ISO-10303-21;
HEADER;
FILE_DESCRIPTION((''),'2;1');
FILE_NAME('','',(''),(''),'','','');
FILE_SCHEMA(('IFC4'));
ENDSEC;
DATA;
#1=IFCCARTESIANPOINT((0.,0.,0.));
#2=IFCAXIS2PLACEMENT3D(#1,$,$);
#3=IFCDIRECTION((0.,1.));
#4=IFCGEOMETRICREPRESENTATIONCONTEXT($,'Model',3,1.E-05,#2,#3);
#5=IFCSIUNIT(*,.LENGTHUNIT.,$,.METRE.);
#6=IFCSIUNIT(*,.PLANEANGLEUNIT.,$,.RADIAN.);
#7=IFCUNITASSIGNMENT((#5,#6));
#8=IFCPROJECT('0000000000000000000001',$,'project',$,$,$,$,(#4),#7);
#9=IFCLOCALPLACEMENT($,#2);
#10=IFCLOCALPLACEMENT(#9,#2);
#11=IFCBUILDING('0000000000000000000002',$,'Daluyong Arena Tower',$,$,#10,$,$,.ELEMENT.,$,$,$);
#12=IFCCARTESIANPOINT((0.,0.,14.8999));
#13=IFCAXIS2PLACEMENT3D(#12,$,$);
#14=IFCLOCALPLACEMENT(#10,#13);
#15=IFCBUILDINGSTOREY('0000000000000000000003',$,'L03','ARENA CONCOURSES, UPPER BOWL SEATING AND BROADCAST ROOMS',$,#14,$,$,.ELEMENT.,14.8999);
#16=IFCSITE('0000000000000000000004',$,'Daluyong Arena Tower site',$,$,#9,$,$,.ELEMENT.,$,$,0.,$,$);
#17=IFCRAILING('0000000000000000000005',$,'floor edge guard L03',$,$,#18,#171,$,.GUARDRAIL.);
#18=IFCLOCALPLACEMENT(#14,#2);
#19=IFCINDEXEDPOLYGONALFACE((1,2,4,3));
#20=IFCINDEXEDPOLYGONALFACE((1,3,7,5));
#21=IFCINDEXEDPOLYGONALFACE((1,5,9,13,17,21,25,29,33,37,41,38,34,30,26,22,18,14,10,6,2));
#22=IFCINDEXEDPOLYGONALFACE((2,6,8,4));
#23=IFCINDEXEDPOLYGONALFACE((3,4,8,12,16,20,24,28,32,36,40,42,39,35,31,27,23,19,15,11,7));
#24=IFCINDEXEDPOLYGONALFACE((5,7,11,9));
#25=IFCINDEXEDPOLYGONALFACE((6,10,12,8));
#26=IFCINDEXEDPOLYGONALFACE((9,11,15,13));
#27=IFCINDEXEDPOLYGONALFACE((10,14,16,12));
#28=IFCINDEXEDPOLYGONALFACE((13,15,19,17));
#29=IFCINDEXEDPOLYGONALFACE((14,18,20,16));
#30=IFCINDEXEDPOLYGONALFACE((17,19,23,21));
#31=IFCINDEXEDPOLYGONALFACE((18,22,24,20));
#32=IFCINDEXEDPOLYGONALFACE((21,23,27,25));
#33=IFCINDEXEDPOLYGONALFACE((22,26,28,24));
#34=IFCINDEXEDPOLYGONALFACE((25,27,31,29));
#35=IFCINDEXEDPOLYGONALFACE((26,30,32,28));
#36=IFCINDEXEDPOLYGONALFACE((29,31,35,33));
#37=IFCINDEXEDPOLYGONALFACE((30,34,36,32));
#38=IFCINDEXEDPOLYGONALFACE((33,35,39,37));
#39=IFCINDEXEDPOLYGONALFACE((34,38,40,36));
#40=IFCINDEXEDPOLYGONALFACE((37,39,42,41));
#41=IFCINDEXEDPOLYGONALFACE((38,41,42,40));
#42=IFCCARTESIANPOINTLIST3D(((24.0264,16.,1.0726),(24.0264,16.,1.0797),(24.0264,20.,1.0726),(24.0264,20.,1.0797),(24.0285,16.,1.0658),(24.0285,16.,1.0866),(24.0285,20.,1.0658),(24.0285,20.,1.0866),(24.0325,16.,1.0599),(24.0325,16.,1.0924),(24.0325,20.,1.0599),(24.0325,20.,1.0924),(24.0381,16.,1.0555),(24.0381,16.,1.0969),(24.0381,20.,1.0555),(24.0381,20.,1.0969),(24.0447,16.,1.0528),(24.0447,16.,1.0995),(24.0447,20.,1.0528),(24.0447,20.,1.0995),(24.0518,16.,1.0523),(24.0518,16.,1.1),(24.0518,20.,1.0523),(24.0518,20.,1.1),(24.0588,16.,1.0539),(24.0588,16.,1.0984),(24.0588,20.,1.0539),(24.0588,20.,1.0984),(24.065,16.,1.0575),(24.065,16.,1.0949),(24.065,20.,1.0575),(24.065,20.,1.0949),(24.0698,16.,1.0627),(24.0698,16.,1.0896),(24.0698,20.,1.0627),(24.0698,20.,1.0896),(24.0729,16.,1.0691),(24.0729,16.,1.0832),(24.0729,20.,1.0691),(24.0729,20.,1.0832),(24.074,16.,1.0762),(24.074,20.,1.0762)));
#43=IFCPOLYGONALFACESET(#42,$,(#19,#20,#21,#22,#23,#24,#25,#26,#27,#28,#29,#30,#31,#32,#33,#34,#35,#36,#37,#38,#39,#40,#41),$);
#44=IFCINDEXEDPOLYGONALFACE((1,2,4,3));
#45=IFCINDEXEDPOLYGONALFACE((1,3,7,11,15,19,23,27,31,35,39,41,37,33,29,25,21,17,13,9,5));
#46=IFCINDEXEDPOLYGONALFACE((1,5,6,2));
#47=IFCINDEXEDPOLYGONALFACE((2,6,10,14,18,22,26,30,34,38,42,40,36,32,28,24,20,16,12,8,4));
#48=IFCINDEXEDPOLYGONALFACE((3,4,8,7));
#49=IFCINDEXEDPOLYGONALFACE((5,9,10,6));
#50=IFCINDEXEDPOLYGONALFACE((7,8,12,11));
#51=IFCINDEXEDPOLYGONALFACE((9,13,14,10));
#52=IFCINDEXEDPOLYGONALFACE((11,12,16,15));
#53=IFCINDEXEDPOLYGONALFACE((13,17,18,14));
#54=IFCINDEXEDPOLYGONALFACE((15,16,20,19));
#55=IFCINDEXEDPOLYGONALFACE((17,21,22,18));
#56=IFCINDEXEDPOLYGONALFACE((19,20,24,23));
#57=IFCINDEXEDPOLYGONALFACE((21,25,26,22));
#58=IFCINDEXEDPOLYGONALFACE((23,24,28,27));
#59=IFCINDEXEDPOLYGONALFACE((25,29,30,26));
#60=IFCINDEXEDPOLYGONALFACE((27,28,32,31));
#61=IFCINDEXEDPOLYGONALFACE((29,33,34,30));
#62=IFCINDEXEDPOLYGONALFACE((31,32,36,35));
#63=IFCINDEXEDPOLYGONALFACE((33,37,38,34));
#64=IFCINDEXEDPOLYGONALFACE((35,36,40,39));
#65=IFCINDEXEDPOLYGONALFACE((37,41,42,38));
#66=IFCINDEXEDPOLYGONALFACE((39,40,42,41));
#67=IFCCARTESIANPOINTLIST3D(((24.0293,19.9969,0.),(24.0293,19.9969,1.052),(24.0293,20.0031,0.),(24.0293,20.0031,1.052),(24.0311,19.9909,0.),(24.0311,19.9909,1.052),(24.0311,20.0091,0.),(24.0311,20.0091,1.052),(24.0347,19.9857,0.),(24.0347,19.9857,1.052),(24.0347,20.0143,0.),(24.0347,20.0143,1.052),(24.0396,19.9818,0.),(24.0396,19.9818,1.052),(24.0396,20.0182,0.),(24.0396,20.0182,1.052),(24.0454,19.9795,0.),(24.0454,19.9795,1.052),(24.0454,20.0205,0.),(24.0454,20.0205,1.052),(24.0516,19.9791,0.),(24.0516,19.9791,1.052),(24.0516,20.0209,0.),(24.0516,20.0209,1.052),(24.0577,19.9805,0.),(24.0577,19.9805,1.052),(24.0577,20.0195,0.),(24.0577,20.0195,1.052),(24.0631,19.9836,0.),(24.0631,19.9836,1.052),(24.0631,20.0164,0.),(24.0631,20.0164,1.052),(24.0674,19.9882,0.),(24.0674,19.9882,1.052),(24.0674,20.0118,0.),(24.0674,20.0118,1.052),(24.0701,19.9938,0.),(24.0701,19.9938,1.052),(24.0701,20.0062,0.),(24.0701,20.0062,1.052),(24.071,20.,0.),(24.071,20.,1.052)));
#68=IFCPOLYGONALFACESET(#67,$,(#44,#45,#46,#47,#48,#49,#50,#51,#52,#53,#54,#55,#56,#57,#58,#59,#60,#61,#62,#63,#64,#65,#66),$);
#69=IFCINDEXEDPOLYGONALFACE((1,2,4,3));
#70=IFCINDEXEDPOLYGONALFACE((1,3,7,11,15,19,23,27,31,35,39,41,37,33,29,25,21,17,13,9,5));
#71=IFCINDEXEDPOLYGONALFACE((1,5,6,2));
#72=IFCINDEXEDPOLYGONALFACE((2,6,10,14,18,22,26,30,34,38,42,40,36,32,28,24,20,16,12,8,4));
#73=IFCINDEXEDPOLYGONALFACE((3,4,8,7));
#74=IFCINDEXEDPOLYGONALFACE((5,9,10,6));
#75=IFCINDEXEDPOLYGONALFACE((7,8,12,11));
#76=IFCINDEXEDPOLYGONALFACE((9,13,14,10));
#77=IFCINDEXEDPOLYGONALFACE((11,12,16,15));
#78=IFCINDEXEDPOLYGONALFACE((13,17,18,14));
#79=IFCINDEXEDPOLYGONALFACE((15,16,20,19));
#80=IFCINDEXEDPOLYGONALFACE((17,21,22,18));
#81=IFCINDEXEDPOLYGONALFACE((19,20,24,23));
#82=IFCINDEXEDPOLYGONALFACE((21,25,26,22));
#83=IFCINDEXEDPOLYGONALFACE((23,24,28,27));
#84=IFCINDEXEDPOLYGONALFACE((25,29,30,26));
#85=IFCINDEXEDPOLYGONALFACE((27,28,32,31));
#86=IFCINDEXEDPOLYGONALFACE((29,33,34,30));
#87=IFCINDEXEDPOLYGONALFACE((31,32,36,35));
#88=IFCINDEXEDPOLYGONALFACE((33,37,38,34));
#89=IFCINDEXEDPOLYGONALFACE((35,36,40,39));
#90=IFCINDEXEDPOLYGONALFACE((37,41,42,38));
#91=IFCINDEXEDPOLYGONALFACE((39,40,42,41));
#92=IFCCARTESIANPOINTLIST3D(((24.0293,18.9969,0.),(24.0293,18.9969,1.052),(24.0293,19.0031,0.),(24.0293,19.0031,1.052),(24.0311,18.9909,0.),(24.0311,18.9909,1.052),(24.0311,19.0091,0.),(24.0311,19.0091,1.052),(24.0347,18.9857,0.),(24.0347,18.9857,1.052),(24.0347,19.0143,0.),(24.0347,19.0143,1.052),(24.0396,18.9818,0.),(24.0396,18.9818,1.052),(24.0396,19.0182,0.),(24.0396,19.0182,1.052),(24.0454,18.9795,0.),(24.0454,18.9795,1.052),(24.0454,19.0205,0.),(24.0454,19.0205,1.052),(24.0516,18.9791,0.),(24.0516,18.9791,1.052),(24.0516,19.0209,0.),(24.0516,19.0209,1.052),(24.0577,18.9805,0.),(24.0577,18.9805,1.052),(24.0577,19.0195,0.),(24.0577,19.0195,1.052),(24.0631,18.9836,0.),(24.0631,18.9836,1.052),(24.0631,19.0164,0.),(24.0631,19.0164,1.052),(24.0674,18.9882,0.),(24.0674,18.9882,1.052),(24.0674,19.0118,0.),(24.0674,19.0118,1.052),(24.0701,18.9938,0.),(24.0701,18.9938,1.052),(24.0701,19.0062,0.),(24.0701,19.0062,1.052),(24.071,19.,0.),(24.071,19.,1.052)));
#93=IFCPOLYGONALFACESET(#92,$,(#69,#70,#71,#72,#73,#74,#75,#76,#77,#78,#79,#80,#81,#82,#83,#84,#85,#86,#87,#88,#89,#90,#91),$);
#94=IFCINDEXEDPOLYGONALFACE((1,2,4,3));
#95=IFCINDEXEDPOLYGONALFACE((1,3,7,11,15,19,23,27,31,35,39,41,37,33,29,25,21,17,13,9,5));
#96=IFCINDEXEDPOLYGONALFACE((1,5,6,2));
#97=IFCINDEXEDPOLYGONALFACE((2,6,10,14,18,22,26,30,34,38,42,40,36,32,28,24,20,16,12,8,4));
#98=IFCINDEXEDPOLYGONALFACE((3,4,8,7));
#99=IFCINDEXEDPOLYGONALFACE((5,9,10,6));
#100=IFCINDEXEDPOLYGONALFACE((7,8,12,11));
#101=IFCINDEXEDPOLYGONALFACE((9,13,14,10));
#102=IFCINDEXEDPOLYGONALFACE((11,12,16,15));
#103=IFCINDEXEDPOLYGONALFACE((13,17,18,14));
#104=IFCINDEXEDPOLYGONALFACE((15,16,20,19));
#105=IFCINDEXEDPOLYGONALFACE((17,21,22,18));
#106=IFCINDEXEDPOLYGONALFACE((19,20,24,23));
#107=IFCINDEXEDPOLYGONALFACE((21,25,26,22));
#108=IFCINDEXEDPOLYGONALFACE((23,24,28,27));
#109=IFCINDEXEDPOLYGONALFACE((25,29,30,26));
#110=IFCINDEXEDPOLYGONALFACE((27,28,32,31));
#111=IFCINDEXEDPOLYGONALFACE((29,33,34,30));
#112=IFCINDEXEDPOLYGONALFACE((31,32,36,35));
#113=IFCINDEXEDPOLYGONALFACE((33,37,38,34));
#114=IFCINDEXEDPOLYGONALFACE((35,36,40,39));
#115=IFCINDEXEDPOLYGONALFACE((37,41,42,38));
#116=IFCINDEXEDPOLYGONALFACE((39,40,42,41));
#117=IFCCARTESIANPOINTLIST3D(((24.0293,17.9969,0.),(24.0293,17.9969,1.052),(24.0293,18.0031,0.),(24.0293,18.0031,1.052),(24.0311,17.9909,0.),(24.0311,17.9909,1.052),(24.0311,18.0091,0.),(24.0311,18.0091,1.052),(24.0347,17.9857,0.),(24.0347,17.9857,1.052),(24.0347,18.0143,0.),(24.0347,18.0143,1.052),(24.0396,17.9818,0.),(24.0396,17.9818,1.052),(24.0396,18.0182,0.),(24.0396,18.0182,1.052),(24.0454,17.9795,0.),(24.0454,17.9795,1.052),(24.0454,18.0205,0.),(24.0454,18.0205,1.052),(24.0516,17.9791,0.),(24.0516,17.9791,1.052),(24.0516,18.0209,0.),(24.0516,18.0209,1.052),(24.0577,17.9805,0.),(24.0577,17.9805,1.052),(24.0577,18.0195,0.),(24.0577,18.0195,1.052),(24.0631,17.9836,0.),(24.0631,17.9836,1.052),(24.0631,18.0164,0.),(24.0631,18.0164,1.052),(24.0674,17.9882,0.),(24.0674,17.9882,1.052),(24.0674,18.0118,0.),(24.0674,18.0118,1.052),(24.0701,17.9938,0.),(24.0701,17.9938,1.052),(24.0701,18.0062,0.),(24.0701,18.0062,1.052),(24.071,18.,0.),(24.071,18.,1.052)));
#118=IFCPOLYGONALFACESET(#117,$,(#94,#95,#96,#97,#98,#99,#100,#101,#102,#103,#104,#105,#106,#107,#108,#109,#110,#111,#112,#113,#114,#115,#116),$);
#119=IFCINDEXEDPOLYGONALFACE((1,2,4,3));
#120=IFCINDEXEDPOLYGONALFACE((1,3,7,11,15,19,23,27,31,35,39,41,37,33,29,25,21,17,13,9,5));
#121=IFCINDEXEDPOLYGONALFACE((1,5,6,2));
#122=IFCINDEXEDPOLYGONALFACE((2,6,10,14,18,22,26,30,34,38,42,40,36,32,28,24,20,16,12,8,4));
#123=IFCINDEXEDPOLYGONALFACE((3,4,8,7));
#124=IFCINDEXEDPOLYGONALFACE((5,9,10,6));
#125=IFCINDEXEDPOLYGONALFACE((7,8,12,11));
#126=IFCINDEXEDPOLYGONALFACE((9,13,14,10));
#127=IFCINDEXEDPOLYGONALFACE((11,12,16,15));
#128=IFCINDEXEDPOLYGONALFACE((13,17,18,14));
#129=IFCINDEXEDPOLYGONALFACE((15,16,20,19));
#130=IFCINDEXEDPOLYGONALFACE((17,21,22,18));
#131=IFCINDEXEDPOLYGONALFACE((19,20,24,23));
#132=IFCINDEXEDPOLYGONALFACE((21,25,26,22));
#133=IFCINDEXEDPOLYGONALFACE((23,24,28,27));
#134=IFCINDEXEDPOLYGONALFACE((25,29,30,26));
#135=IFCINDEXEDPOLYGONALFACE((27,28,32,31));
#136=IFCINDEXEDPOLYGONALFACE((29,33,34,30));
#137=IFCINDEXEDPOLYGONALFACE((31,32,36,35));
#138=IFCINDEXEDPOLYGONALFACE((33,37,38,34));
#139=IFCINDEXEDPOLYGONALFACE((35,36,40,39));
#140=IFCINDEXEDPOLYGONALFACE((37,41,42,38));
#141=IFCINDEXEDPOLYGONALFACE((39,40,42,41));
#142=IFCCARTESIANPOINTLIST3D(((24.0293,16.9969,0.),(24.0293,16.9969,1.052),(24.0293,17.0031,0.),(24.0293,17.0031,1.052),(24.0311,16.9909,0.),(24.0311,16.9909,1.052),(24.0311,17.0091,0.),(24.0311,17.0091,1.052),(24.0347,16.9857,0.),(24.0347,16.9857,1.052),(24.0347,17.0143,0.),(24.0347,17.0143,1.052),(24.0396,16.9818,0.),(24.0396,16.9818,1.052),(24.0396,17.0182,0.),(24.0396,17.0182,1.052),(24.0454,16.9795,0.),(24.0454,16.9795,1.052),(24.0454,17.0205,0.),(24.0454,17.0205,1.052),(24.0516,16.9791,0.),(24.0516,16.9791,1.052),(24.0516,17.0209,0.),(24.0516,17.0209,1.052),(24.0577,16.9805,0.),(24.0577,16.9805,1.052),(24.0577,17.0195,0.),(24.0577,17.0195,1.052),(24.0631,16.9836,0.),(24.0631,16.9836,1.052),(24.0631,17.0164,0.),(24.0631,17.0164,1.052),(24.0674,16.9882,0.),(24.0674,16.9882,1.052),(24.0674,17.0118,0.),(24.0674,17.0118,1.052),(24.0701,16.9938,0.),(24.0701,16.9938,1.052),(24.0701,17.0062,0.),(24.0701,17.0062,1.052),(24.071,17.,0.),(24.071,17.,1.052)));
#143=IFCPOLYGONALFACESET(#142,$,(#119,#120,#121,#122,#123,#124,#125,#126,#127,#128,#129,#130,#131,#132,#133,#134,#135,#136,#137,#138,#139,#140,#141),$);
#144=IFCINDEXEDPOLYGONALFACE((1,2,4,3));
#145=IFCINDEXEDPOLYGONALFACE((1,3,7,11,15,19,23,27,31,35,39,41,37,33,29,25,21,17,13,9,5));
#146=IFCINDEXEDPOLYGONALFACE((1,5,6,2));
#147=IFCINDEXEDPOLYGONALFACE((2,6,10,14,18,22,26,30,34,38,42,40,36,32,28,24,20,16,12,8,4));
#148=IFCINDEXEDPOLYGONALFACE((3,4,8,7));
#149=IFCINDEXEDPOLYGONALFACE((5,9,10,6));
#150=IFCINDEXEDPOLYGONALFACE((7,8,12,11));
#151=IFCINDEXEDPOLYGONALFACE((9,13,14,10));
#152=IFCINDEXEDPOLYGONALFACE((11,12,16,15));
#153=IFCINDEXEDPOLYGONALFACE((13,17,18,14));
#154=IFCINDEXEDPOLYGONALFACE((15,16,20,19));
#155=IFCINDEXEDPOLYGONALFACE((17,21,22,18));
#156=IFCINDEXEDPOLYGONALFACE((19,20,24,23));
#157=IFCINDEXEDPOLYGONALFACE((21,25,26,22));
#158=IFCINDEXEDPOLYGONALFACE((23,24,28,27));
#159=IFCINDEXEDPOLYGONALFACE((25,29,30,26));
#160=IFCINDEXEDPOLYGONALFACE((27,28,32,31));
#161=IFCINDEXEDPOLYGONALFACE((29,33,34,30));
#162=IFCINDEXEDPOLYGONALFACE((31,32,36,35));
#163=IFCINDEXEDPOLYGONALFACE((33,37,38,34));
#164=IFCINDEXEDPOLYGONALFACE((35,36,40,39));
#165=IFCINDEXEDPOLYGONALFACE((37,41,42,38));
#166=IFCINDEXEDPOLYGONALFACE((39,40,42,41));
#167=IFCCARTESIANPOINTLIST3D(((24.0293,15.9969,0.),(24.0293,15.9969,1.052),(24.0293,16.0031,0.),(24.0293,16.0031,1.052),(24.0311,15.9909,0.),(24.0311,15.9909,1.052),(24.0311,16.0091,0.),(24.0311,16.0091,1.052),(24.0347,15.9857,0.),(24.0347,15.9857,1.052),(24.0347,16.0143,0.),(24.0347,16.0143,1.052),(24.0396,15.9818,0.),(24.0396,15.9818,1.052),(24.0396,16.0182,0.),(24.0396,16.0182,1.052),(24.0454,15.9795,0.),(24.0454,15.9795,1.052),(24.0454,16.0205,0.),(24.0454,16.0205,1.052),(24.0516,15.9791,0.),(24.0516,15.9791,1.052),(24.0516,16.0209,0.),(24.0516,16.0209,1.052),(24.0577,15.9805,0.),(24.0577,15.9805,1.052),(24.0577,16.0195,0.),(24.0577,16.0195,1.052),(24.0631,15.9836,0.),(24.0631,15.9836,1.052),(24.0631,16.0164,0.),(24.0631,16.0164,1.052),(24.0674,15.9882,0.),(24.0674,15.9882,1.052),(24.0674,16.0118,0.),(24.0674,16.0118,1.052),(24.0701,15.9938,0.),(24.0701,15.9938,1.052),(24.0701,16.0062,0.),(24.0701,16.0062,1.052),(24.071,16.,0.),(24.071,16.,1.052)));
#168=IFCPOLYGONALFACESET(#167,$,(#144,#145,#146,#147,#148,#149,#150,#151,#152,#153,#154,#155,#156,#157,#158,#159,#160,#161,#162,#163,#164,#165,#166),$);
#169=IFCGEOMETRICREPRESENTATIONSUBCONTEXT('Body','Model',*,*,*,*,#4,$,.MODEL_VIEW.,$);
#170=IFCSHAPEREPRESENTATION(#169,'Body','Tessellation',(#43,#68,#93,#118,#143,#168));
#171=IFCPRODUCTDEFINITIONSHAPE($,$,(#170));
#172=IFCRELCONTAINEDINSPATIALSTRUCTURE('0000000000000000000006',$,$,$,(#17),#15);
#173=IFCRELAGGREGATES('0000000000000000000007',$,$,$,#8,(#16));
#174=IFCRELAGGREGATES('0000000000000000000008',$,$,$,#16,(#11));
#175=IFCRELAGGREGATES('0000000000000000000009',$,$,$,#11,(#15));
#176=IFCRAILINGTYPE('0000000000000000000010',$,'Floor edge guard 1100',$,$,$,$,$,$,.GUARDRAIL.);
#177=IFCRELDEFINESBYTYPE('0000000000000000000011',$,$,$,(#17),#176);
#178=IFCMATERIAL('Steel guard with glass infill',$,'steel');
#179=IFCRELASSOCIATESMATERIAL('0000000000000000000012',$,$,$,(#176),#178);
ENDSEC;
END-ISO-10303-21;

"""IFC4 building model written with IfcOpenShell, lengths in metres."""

from ifc_helpers import new_model, si_unit, direction, frame, origin, origin_2d, place, context, subcontext, project, spatial, circle, extrude, material, type_object, element, save


model = new_model("IFC4")

# Units and contexts
model_context = context("Model", 3, precision=1e-05, world=origin(), true_north=direction((0.0, 1.0)))
body_context = subcontext(model_context, "Body", "Model", "MODEL_VIEW")
ifc_project = project(units=[si_unit("LENGTHUNIT", "METRE"), si_unit("PLANEANGLEUNIT", "RADIAN")], contexts=[model_context])

# Site, building, storey
site_placement = place(None, origin())
site = spatial("IfcSite", under=ifc_project, at=site_placement, Name="Daluyong Arena Tower site", CompositionType="ELEMENT", RefElevation=0.0)
building_placement = place(site_placement, origin())
building = spatial("IfcBuilding", under=site, at=building_placement, Name="Daluyong Arena Tower", CompositionType="ELEMENT")
storey_placement = place(building_placement, frame((0.0, 0.0, 14.8999)))
storey = spatial("IfcBuildingStorey", under=building, at=storey_placement, Name="L03", Description="ARENA CONCOURSES, UPPER BOWL SEATING AND BROADCAST ROOMS", CompositionType="ELEMENT", Elevation=14.8999)

# Railing
ifc_material_1 = material(Name="Steel guard with glass infill", Category="steel")
railing_type_1 = type_object("IfcRailingType", Name="Floor edge guard 1100", PredefinedType="GUARDRAIL", material=ifc_material_1)
railing_1_placement = place(storey_placement, frame((24.05, 20.0, 0.0)))
element("IfcRailing", 1, at=railing_1_placement, inside=storey, type_object=railing_type_1, Name="floor edge guard L03", PredefinedType="GUARDRAIL", context=body_context, shape_type="SweptSolid", body=[
    extrude(circle(Radius=0.0239, at=origin_2d()), frame((0.0, 0.0, 1.0762), z_axis=(0.0, -1.0, 0.0), x_axis=(1.0, 0.0, 0.0)), (0.0, 0.0, 1.0), 4.0),
    extrude(circle(Radius=0.021, at=origin_2d()), origin(), (0.0, 0.0, 1.0), 1.052),
    extrude(circle(Radius=0.021, at=origin_2d()), frame((0.0, -1.0, 0.0)), (0.0, 0.0, 1.0), 1.052),
    extrude(circle(Radius=0.021, at=origin_2d()), frame((0.0, -2.0, 0.0)), (0.0, 0.0, 1.0), 1.052),
    extrude(circle(Radius=0.021, at=origin_2d()), frame((0.0, -3.0, 0.0)), (0.0, 0.0, 1.0), 1.052),
    extrude(circle(Radius=0.021, at=origin_2d()), frame((0.0, -4.0, 0.0)), (0.0, 0.0, 1.0), 1.052),
])

save(model, "model.ifc")
